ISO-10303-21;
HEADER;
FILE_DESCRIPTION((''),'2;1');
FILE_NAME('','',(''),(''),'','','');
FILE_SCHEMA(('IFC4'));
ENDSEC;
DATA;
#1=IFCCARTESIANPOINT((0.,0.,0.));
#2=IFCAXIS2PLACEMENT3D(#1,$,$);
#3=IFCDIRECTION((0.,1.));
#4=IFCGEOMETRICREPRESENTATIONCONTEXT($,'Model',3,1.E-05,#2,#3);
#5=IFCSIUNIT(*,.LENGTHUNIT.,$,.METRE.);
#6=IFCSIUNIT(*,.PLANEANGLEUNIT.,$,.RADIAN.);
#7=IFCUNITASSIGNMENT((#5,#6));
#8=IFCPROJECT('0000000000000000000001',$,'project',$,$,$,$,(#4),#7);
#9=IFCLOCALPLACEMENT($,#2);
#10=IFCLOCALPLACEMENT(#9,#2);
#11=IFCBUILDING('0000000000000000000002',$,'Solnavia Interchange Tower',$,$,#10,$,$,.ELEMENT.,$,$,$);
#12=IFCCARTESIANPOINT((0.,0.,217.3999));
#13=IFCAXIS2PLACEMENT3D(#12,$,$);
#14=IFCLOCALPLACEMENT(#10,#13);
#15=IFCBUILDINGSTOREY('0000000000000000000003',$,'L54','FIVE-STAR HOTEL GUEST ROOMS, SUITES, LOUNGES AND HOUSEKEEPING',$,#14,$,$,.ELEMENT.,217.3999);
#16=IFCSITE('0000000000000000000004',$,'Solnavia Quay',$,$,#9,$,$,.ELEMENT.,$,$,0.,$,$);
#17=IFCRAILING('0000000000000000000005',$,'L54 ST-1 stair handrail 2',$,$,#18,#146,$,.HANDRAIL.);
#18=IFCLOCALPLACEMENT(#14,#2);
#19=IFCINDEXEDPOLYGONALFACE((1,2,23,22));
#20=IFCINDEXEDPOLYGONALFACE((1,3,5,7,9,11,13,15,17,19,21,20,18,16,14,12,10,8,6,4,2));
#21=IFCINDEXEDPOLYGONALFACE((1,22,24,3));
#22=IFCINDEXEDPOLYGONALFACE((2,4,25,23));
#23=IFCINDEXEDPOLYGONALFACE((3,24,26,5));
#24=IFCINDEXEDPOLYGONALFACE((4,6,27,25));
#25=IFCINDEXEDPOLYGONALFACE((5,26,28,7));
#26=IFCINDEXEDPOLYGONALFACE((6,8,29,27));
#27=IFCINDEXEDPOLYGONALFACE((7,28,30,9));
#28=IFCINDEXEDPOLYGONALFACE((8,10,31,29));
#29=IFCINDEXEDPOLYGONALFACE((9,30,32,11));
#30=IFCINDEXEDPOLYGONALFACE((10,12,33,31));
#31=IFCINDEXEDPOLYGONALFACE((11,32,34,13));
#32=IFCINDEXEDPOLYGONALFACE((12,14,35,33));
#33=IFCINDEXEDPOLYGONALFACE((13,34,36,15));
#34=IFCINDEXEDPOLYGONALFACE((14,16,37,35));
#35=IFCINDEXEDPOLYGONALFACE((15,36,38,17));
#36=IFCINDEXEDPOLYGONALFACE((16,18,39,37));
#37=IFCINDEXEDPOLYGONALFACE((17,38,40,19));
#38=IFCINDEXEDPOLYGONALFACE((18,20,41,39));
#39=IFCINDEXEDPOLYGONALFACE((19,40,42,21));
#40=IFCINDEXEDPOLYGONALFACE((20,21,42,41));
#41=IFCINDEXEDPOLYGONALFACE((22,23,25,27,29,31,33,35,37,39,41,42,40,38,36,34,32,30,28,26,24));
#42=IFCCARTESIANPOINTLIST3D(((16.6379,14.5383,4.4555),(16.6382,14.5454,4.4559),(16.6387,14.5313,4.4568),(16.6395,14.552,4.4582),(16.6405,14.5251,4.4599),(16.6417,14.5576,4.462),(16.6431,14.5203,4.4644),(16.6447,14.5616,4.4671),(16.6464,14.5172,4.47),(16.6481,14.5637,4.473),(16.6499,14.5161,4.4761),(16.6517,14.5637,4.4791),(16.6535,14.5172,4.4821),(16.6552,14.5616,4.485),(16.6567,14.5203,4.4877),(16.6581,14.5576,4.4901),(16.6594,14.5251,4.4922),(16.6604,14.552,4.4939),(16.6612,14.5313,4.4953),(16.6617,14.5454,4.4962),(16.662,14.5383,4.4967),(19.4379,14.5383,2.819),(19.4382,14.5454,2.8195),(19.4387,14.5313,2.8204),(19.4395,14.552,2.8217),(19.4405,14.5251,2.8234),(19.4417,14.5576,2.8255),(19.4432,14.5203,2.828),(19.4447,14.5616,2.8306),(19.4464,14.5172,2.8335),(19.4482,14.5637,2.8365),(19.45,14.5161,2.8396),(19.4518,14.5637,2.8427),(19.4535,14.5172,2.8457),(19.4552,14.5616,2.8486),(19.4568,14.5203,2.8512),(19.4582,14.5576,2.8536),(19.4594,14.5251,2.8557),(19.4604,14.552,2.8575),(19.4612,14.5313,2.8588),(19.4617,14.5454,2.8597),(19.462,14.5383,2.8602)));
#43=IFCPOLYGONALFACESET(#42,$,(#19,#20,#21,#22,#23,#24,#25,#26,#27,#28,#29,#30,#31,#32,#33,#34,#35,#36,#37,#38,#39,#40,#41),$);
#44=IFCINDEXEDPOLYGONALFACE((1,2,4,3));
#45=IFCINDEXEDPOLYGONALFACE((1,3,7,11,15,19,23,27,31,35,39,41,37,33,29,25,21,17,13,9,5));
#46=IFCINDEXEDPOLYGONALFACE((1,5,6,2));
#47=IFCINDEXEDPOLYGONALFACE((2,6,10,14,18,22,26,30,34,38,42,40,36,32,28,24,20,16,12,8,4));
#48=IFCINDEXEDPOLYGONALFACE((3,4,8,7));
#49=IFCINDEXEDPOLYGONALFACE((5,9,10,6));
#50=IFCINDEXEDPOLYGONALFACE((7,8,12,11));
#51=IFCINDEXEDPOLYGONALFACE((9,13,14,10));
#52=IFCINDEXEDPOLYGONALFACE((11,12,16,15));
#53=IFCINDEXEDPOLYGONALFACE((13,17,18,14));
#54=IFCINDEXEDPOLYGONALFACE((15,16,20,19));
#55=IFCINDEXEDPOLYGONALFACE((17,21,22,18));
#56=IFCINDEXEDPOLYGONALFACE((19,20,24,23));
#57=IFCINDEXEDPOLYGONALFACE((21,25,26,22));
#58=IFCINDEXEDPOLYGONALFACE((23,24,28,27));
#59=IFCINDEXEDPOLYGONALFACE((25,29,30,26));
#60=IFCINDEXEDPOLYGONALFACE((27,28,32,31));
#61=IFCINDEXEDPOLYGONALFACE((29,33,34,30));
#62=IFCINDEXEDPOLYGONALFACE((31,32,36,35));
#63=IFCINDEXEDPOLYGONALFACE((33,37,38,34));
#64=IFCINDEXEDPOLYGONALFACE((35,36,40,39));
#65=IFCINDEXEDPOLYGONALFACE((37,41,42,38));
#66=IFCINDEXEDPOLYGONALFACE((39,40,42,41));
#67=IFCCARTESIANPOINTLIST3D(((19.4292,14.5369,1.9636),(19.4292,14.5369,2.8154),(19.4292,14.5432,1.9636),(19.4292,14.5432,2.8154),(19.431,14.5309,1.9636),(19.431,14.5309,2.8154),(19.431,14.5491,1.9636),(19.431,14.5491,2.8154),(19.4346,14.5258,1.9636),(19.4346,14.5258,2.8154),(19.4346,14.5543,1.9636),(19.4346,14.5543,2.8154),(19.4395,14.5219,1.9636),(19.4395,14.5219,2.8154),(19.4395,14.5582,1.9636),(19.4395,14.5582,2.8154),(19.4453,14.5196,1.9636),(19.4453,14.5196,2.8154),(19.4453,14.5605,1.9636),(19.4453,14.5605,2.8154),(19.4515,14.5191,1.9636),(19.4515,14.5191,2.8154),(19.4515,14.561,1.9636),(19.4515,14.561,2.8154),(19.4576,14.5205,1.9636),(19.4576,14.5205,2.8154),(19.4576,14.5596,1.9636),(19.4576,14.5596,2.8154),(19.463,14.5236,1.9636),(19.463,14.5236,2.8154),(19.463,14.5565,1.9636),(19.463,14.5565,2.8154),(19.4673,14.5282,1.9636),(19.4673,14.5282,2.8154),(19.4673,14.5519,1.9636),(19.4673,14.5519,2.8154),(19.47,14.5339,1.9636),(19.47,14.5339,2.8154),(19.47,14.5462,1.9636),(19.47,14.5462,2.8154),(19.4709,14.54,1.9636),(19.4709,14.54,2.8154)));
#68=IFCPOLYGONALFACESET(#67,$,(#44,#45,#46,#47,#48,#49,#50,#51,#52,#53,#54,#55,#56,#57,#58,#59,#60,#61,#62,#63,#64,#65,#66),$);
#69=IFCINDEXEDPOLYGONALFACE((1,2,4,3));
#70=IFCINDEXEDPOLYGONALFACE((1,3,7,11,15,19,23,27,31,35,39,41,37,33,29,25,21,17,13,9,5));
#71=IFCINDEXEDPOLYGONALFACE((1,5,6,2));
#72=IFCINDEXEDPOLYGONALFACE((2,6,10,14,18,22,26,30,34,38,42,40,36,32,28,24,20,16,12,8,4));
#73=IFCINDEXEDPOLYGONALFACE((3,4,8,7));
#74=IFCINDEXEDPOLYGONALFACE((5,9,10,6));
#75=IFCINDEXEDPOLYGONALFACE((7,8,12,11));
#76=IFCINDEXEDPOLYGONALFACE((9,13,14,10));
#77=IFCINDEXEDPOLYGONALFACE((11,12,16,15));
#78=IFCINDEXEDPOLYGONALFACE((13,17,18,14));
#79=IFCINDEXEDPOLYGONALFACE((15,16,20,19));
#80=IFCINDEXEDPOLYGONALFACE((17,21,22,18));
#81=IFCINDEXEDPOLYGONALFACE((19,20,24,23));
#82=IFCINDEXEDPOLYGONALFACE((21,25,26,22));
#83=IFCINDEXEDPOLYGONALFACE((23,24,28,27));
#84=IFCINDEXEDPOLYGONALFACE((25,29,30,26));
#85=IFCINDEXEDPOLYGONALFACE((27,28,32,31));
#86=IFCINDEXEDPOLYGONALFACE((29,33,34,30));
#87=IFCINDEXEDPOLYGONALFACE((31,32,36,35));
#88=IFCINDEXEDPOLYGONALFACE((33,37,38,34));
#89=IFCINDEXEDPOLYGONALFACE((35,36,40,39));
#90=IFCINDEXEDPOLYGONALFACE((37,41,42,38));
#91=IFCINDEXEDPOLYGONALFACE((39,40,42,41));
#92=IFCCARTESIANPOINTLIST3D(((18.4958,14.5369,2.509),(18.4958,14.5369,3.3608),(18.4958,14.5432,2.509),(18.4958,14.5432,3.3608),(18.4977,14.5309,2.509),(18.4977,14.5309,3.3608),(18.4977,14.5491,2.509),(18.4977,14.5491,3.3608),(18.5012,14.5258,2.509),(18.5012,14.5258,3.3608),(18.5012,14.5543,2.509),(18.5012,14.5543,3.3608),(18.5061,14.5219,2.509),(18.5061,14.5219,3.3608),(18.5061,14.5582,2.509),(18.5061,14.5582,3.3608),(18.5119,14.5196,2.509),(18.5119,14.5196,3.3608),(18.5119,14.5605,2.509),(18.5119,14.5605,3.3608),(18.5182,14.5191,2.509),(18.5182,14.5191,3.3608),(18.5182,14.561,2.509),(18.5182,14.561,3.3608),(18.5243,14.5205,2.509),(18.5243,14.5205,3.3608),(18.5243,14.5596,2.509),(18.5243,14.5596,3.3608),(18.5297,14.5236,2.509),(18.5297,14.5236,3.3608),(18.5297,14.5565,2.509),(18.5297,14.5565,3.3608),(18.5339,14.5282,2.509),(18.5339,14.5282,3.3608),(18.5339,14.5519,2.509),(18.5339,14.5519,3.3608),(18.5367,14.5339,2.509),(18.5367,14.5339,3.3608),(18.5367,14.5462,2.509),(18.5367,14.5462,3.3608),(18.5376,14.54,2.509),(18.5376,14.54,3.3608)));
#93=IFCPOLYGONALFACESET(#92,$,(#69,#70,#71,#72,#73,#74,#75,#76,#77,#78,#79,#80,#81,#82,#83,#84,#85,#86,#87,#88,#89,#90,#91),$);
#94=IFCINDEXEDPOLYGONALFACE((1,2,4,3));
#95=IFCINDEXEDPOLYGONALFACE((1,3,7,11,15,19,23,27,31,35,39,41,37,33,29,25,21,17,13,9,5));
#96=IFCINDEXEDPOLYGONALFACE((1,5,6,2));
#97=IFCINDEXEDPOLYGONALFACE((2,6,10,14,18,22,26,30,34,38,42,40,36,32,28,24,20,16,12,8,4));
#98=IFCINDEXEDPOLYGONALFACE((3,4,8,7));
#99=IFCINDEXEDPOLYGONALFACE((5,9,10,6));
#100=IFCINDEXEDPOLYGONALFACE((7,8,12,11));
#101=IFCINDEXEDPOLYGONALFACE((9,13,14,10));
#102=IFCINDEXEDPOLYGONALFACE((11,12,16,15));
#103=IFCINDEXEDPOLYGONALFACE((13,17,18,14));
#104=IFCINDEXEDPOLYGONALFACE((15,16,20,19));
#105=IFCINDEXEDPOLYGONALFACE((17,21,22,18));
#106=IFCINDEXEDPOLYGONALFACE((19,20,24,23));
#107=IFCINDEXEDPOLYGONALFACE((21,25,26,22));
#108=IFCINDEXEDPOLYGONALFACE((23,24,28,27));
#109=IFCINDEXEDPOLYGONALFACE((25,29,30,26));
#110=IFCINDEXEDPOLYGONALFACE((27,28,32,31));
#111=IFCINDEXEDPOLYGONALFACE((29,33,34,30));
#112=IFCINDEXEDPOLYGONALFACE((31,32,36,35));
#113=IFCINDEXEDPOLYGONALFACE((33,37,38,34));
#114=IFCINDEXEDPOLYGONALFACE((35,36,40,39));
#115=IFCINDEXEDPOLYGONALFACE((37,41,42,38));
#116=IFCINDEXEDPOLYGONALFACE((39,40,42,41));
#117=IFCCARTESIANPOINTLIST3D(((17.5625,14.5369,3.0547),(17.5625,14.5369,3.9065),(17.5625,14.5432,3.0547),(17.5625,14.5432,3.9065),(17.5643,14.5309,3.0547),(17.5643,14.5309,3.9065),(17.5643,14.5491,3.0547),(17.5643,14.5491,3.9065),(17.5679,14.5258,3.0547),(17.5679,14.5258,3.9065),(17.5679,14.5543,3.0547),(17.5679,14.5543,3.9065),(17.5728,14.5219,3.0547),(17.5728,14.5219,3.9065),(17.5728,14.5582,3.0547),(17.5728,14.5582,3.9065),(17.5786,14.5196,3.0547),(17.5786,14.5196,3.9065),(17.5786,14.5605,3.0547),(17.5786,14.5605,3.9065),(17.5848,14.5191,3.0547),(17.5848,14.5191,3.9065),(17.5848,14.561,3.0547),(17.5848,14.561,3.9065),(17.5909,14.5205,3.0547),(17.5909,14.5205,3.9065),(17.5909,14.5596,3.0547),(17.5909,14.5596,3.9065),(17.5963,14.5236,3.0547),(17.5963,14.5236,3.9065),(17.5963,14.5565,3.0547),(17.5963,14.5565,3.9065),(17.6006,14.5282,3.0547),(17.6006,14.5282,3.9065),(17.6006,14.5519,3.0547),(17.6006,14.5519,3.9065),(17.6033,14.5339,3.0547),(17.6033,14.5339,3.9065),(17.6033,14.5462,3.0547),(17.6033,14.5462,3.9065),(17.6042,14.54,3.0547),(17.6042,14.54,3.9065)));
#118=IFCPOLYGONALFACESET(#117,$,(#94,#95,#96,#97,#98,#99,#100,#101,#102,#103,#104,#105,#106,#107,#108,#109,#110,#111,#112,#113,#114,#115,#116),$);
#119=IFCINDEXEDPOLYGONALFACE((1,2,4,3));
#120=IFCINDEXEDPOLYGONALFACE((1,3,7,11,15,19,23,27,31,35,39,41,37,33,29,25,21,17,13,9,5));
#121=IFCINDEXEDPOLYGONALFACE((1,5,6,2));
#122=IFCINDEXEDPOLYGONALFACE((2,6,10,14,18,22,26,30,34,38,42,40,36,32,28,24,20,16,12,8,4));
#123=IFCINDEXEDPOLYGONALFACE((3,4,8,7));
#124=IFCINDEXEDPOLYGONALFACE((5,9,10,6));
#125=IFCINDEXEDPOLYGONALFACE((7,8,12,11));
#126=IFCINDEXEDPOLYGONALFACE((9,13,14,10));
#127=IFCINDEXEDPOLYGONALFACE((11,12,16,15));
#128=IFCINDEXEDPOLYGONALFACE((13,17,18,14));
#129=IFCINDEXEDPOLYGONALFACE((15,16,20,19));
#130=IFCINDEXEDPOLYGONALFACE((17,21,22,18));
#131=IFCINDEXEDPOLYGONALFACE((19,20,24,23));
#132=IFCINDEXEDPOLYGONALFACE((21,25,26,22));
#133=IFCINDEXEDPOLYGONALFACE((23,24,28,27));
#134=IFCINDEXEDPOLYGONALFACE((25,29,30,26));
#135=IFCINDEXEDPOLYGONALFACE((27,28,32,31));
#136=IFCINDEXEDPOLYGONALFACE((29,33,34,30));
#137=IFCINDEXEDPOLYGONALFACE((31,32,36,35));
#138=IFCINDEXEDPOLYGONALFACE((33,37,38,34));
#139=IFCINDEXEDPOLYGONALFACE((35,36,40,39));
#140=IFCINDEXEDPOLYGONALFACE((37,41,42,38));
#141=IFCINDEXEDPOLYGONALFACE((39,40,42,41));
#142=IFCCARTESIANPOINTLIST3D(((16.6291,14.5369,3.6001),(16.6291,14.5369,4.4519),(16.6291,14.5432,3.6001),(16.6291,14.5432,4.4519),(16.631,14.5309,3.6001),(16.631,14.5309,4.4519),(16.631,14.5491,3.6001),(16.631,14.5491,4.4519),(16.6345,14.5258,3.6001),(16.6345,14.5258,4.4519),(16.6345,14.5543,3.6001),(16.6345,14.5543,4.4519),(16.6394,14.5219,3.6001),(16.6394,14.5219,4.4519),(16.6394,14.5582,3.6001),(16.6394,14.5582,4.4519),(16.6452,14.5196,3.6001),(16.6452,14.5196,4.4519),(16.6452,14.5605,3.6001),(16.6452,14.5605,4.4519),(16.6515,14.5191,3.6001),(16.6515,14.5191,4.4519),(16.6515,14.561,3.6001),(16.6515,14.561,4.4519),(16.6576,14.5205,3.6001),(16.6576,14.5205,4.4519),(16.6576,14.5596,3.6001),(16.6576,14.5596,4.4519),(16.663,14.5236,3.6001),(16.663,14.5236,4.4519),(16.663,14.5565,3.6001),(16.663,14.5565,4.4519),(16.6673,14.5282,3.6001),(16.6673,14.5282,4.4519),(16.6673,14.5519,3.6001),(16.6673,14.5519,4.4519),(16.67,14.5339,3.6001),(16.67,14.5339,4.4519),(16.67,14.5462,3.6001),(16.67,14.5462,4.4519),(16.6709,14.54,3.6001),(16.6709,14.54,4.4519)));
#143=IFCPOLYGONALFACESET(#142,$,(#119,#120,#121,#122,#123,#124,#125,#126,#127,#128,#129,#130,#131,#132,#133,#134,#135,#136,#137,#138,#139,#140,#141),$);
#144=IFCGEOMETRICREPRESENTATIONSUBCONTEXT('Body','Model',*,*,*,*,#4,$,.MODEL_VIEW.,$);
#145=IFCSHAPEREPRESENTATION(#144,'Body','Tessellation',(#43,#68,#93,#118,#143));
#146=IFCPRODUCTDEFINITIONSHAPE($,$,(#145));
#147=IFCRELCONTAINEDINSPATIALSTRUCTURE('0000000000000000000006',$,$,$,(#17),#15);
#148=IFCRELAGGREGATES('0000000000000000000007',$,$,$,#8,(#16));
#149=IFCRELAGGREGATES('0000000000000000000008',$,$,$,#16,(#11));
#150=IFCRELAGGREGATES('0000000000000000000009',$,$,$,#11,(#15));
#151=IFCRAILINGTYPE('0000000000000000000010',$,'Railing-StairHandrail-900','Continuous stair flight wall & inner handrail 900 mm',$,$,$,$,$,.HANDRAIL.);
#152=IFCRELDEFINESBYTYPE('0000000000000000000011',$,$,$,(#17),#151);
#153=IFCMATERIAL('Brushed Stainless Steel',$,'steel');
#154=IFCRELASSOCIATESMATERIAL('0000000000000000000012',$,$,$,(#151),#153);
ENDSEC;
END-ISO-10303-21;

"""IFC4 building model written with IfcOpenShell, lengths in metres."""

from ifc_helpers import new_model, si_unit, direction, frame, origin, origin_2d, place, context, subcontext, project, spatial, circle, extrude, material, type_object, element, save


model = new_model("IFC4")

# Units and contexts
model_context = context("Model", 3, precision=1e-05, world=origin(), true_north=direction((0.0, 1.0)))
body_context = subcontext(model_context, "Body", "Model", "MODEL_VIEW")
ifc_project = project(units=[si_unit("LENGTHUNIT", "METRE"), si_unit("PLANEANGLEUNIT", "RADIAN")], contexts=[model_context])

# Site, building, storey
site_placement = place(None, origin())
site = spatial("IfcSite", under=ifc_project, at=site_placement, Name="Solnavia Quay", CompositionType="ELEMENT", RefElevation=0.0)
building_placement = place(site_placement, origin())
building = spatial("IfcBuilding", under=site, at=building_placement, Name="Solnavia Interchange Tower", CompositionType="ELEMENT")
storey_placement = place(building_placement, frame((0.0, 0.0, 217.3999)))
storey = spatial("IfcBuildingStorey", under=building, at=storey_placement, Name="L54", Description="FIVE-STAR HOTEL GUEST ROOMS, SUITES, LOUNGES AND HOUSEKEEPING", CompositionType="ELEMENT", Elevation=217.3999)

# Railing
ifc_material_1 = material(Name="Brushed Stainless Steel", Category="steel")
railing_type_1 = type_object("IfcRailingType", Name="Railing-StairHandrail-900", Description="Continuous stair flight wall & inner handrail 900 mm", PredefinedType="HANDRAIL", material=ifc_material_1)
railing_1_placement = place(storey_placement, frame((19.45, 14.54, 1.9636)))
element("IfcRailing", 1, at=railing_1_placement, inside=storey, type_object=railing_type_1, Name="L54 ST-1 stair handrail 2", PredefinedType="HANDRAIL", context=body_context, shape_type="SweptSolid", body=[
    extrude(circle(Radius=0.0239, at=origin_2d()), frame((0.0, 0.0, 0.876), z_axis=(-0.863361, 0.0, 0.504587), x_axis=(0.0, -1.0, 0.0)), (0.0, 0.0, 1.0), 3.2432),
    extrude(circle(Radius=0.021, at=origin_2d()), origin(), (0.0, 0.0, 1.0), 0.8518),
    extrude(circle(Radius=0.021, at=origin_2d()), frame((-0.9333, 0.0, 0.5454)), (0.0, 0.0, 1.0), 0.8518),
    extrude(circle(Radius=0.021, at=origin_2d()), frame((-1.8667, 0.0, 1.0911)), (0.0, 0.0, 1.0), 0.8518),
    extrude(circle(Radius=0.021, at=origin_2d()), frame((-2.8, 0.0, 1.6365)), (0.0, 0.0, 1.0), 0.8518),
])

save(model, "model.ifc")
